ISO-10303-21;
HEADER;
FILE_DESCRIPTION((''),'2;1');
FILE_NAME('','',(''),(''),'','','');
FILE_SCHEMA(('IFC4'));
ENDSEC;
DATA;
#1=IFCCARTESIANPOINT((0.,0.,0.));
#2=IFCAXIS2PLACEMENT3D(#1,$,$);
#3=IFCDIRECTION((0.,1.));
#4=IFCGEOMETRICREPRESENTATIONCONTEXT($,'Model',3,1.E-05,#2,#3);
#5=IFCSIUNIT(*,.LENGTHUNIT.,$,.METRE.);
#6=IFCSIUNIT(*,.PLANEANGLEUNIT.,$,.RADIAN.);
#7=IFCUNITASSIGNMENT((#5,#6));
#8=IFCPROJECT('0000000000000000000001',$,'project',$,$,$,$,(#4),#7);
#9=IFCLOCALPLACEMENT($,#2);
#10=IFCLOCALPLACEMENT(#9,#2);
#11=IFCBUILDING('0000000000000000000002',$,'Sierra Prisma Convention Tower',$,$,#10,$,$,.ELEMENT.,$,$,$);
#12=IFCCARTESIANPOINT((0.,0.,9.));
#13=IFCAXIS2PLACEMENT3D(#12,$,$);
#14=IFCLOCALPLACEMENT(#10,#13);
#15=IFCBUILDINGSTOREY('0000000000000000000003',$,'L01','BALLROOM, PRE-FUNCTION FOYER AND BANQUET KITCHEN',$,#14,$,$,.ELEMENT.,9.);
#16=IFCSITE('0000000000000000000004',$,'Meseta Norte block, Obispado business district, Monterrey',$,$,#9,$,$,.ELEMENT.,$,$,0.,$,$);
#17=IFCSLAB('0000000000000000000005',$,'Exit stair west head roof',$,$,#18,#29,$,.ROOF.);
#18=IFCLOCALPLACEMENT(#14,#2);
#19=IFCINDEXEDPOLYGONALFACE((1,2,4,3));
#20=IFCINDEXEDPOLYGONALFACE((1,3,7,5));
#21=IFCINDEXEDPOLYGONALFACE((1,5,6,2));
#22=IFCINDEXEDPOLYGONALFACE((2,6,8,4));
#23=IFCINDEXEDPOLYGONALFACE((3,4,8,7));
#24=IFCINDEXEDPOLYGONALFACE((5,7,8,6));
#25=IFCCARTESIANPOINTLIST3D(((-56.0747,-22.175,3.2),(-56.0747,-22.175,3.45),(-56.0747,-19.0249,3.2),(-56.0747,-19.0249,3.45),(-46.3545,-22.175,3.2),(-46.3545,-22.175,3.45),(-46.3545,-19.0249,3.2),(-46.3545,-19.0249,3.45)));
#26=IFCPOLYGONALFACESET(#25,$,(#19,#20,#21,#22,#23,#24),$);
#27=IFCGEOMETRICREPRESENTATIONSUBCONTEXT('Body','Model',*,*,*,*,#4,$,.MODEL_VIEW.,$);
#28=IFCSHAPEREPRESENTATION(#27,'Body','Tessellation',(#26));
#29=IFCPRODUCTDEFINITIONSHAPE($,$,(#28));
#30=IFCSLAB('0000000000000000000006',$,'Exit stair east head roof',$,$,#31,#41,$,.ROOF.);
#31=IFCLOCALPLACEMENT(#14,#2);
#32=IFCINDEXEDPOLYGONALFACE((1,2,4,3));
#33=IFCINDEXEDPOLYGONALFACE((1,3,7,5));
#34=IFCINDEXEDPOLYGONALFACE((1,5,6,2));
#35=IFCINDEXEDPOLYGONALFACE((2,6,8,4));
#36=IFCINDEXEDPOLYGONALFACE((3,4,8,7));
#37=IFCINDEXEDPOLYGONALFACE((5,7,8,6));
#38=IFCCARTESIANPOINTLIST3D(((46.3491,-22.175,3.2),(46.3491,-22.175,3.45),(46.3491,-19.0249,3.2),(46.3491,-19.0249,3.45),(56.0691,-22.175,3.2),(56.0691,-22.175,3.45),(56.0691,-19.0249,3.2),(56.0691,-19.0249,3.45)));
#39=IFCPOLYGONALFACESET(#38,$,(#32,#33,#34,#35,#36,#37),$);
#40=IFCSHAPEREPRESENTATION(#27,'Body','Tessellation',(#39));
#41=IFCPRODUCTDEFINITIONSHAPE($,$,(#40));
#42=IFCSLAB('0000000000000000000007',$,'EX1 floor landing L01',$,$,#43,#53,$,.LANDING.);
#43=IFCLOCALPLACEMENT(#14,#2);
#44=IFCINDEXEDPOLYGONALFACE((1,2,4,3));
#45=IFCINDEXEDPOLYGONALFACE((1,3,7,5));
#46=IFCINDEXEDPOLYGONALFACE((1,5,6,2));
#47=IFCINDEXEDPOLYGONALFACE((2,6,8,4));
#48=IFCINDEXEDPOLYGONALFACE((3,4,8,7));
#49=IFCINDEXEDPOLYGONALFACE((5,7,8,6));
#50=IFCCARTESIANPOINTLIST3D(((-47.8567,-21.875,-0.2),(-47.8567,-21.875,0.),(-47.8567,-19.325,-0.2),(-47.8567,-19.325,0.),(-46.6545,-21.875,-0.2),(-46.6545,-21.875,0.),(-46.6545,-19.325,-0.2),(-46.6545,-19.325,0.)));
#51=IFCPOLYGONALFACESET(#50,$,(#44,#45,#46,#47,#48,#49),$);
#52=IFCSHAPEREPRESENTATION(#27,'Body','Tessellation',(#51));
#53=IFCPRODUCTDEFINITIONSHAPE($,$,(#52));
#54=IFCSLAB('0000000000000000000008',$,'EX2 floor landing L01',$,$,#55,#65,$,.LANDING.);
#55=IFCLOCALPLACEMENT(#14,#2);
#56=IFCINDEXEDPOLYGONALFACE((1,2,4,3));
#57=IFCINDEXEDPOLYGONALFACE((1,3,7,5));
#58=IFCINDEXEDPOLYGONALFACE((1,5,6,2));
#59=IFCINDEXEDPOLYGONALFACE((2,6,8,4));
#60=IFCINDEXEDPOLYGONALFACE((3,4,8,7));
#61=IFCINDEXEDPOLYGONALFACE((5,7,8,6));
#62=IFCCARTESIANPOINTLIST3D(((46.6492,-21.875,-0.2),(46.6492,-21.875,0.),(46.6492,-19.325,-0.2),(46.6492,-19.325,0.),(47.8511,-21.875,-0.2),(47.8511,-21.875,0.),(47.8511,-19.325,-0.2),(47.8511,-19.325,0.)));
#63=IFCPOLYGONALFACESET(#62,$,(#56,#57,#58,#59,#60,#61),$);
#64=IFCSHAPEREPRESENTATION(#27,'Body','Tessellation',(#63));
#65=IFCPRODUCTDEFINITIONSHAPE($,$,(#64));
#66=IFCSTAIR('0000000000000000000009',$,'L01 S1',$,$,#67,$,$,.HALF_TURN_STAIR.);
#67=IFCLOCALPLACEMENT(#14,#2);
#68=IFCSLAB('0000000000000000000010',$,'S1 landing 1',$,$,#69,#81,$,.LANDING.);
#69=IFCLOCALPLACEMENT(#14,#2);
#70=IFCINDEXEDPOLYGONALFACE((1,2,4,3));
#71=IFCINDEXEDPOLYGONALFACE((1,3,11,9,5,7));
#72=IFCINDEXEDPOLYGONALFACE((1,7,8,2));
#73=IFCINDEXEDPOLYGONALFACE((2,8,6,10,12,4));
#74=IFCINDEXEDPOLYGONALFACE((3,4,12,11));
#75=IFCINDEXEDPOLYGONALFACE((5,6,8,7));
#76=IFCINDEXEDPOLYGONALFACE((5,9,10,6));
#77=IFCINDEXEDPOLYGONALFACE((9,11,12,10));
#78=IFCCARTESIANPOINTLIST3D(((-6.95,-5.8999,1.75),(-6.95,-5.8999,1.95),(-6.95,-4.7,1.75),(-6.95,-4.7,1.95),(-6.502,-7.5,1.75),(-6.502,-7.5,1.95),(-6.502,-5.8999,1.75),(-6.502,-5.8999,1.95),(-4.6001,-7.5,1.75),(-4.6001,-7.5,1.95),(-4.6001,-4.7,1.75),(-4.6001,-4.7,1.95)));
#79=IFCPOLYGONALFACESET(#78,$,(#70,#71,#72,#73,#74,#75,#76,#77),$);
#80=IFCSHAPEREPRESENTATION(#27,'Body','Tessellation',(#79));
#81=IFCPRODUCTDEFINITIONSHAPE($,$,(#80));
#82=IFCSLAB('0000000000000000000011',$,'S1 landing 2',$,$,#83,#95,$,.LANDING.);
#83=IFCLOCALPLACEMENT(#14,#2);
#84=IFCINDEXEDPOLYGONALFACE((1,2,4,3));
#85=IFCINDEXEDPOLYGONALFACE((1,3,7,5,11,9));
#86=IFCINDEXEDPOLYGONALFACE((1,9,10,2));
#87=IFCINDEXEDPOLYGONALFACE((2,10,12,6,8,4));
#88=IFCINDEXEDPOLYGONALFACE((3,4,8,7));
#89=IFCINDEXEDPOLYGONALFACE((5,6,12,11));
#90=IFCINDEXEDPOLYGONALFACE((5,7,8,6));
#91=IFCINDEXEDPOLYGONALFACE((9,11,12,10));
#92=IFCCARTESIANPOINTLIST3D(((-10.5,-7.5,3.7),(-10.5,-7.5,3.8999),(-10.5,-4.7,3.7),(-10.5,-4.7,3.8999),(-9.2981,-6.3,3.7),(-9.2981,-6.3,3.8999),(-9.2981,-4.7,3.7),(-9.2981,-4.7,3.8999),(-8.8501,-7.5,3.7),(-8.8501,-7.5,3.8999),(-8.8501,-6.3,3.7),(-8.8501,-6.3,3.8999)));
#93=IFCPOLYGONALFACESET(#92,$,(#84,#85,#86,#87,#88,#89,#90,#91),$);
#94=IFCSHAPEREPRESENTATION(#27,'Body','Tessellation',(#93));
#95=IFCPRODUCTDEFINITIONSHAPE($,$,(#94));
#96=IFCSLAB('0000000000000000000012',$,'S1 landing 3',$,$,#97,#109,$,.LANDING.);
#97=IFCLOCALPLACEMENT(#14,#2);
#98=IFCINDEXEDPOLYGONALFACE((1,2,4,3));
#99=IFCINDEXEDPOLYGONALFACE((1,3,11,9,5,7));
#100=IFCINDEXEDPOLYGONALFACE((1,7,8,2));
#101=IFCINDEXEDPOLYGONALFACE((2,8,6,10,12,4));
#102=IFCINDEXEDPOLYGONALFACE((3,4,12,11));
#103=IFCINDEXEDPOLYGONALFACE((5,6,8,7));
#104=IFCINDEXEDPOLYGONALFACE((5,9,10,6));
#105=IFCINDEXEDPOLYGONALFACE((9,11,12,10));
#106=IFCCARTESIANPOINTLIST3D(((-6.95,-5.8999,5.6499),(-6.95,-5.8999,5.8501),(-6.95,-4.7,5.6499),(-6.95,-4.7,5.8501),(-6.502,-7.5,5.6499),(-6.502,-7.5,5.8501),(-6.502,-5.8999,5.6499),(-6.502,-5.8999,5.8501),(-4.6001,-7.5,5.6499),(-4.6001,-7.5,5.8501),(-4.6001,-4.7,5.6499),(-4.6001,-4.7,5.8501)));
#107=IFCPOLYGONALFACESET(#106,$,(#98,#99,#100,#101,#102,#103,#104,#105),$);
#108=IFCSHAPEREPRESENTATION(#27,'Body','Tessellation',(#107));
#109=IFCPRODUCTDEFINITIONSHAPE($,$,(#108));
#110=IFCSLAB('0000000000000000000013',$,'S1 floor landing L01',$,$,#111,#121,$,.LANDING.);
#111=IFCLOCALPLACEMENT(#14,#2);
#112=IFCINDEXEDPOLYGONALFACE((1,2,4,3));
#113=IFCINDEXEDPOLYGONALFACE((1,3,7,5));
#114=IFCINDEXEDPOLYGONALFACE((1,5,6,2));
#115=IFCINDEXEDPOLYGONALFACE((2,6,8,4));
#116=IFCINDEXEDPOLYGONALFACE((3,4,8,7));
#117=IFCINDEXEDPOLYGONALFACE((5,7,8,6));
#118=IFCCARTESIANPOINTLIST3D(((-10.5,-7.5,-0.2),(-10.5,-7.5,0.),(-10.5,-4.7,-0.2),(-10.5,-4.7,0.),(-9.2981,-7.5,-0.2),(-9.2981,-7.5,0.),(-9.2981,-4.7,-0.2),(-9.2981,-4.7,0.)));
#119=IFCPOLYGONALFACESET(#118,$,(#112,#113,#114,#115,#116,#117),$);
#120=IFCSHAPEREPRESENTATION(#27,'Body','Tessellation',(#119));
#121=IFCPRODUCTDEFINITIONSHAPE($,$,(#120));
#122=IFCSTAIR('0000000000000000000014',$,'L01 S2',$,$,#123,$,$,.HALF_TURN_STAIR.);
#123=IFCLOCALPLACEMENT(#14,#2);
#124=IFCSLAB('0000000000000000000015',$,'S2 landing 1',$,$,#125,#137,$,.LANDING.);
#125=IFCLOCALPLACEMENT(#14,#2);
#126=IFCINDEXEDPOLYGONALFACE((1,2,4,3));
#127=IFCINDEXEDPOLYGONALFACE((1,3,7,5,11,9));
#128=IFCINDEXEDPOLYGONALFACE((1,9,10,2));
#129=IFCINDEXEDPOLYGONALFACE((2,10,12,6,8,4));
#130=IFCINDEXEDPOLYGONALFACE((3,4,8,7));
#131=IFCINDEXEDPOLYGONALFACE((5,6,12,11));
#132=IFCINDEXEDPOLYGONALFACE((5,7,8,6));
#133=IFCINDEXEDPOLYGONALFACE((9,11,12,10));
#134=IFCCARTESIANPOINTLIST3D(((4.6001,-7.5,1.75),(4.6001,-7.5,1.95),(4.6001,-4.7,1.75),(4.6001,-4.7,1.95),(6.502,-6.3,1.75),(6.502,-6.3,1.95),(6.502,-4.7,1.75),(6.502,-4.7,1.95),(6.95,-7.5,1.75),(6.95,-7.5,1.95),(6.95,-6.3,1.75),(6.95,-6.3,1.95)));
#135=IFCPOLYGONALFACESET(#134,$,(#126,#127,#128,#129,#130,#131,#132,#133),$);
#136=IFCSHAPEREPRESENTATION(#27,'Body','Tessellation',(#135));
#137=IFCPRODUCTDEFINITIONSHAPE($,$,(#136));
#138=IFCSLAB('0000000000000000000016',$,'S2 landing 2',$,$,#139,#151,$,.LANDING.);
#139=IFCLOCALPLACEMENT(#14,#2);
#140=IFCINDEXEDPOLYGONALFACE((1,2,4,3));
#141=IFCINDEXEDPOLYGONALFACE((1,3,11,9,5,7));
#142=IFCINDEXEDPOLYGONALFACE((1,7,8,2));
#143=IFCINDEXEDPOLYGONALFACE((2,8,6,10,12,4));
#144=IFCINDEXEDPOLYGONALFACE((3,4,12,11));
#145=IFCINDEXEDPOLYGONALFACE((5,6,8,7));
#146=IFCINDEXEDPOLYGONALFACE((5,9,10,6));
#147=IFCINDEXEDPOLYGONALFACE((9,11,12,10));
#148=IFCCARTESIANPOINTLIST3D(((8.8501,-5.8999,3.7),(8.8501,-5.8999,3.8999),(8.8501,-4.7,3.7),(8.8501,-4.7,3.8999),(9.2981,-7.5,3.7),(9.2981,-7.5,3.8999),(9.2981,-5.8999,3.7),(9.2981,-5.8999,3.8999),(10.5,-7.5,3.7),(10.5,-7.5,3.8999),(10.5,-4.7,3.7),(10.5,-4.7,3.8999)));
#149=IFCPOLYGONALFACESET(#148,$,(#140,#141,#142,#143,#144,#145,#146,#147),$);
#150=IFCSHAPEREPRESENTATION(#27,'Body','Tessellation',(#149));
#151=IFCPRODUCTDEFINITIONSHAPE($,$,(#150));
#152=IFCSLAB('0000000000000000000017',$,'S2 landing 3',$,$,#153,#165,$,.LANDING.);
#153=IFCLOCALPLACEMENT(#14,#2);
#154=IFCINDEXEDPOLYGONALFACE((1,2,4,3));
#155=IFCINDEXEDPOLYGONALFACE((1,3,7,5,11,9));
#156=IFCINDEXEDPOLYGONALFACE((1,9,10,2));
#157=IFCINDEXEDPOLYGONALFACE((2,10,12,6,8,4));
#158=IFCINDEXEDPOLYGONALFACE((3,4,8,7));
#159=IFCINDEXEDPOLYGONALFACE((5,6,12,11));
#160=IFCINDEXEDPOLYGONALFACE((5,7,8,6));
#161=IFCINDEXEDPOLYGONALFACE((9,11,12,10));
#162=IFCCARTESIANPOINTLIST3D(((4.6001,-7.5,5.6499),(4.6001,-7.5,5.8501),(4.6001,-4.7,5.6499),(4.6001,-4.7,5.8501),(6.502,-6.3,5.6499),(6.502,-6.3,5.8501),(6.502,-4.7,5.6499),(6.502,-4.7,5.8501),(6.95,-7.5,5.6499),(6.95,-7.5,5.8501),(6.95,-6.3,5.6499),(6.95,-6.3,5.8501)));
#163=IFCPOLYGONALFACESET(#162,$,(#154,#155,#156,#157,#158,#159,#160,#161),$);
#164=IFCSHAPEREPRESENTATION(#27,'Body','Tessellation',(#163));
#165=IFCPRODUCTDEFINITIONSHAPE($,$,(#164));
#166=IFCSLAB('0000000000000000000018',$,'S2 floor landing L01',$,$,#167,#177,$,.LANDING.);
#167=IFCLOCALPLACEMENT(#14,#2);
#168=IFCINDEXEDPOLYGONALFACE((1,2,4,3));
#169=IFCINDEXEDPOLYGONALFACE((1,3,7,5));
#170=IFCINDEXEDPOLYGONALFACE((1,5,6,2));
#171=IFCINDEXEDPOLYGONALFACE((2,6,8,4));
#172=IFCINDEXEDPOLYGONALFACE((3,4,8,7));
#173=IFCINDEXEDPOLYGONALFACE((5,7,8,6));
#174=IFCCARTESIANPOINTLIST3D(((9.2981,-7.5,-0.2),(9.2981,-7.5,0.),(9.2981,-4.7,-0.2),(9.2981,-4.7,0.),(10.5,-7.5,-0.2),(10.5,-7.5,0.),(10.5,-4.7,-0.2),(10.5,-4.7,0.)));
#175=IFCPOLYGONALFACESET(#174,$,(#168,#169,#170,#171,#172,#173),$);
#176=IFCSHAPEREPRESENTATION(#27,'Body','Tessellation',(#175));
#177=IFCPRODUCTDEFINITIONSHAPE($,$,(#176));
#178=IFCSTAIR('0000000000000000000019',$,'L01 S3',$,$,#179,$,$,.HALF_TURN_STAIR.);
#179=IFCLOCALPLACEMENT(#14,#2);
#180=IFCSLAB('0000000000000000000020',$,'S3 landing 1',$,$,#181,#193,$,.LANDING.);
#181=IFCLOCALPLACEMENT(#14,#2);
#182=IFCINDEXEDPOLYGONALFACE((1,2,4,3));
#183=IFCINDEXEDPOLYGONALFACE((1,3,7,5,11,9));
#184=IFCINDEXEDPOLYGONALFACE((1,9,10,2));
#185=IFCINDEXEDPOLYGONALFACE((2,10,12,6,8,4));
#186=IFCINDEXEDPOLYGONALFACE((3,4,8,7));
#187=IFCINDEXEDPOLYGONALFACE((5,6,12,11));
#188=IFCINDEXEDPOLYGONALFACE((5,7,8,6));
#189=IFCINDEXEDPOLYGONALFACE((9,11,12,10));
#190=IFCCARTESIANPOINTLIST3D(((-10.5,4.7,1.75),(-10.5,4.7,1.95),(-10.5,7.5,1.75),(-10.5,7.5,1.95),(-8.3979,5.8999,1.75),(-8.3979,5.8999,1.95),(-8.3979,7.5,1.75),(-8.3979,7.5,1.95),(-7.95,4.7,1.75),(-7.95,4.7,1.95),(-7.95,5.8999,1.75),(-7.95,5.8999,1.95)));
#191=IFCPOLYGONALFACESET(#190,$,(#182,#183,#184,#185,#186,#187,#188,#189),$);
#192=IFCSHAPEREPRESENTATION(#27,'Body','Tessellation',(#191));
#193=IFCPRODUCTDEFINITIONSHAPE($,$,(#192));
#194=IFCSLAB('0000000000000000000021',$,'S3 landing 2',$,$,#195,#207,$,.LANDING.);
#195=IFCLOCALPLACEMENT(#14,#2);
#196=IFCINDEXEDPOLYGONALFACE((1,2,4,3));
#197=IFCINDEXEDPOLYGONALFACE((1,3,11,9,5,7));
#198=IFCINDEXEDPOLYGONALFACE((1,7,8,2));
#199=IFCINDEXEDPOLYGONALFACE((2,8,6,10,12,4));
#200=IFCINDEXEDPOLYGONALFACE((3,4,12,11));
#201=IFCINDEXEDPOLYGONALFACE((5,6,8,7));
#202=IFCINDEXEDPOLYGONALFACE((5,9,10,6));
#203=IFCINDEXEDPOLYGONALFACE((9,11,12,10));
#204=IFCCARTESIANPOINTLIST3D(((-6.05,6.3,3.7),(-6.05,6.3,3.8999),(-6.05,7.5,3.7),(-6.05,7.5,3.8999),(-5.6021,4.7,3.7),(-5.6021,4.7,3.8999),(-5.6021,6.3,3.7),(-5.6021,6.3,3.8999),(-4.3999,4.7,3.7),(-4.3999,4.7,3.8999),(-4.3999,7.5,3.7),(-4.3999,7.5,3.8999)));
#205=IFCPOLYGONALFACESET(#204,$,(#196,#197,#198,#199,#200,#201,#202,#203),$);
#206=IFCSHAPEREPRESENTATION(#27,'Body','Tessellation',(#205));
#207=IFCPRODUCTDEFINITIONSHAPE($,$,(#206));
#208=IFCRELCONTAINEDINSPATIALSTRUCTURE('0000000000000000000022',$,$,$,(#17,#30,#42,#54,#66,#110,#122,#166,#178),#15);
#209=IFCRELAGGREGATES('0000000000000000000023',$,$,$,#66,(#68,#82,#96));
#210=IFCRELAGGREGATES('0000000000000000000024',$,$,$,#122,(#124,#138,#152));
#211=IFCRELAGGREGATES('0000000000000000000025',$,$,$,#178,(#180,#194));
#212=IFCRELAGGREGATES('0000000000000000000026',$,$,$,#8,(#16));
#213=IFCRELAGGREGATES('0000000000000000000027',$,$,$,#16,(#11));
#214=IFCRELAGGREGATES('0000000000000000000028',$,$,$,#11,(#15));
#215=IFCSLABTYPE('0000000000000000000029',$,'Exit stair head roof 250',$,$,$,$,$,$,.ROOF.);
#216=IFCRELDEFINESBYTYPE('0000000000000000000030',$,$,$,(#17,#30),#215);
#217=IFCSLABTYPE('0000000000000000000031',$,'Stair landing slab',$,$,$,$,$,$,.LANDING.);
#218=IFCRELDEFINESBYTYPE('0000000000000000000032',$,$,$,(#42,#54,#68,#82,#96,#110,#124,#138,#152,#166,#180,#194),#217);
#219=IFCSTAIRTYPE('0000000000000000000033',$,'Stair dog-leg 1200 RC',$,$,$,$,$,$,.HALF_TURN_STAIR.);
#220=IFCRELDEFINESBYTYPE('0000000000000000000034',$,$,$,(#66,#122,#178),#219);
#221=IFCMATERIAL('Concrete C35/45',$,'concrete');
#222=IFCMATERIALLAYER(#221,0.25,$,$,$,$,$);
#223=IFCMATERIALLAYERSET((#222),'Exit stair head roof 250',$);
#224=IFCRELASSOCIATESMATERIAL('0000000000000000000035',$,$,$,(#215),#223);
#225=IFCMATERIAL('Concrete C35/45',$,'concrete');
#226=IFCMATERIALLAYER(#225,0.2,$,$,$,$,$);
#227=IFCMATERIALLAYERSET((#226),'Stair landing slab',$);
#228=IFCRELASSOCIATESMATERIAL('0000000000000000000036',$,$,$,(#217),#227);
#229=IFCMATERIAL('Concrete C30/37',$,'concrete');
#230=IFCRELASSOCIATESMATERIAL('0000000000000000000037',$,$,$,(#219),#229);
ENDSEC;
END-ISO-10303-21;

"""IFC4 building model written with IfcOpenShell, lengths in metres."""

from ifc_helpers import new_model, si_unit, direction, frame, origin, place, context, subcontext, project, spatial, polyline, outline, extrude, material, layer, layer_set, type_object, element, aggregate, save


model = new_model("IFC4")

# Units and contexts
model_context = context("Model", 3, precision=1e-05, world=origin(), true_north=direction((0.0, 1.0)))
body_context = subcontext(model_context, "Body", "Model", "MODEL_VIEW")
ifc_project = project(units=[si_unit("LENGTHUNIT", "METRE"), si_unit("PLANEANGLEUNIT", "RADIAN")], contexts=[model_context])

# Site, building, storey
site_placement = place(None, origin())
site = spatial("IfcSite", under=ifc_project, at=site_placement, Name="Meseta Norte block, Obispado business district, Monterrey", CompositionType="ELEMENT", RefElevation=0.0)
building_placement = place(site_placement, origin())
building = spatial("IfcBuilding", under=site, at=building_placement, Name="Sierra Prisma Convention Tower", CompositionType="ELEMENT")
storey_placement = place(building_placement, frame((0.0, 0.0, 9.0)))
storey = spatial("IfcBuildingStorey", under=building, at=storey_placement, Name="L01", Description="BALLROOM, PRE-FUNCTION FOYER AND BANQUET KITCHEN", CompositionType="ELEMENT", Elevation=9.0)

# Slabs
ifc_material_1 = material(Name="Concrete C35/45", Category="concrete")
ifc_layer_1 = layer(ifc_material_1, 0.25)
ifc_layer_set_1 = layer_set([ifc_layer_1], Name="Exit stair head roof 250")
slab_type_1 = type_object("IfcSlabType", Name="Exit stair head roof 250", PredefinedType="ROOF", material=ifc_layer_set_1)
slab_1_placement = place(storey_placement, frame((0.0, 0.0, 3.2)))
element("IfcSlab", 1, at=slab_1_placement, inside=storey, type_object=slab_type_1, Name="Exit stair west head roof", PredefinedType="ROOF", context=body_context, shape_type="SweptSolid", body=[
    extrude(outline(polyline([(-46.3545, -22.175), (-46.3545, -19.0249), (-56.0747, -19.0249), (-56.0747, -22.175), (-46.3545, -22.175)])), origin(), (0.0, 0.0, 1.0), 0.25),
])
slab_2_placement = place(storey_placement, frame((0.0, 0.0, 3.2)))
element("IfcSlab", 2, at=slab_2_placement, inside=storey, type_object=slab_type_1, Name="Exit stair east head roof", PredefinedType="ROOF", context=body_context, shape_type="SweptSolid", body=[
    extrude(outline(polyline([(56.0691, -22.175), (56.0691, -19.0249), (46.3491, -19.0249), (46.3491, -22.175), (56.0691, -22.175)])), origin(), (0.0, 0.0, 1.0), 0.25),
])
ifc_material_2 = material(Name="Concrete C35/45", Category="concrete")
ifc_layer_2 = layer(ifc_material_2, 0.2)
ifc_layer_set_2 = layer_set([ifc_layer_2], Name="Stair landing slab")
slab_type_2 = type_object("IfcSlabType", Name="Stair landing slab", PredefinedType="LANDING", material=ifc_layer_set_2)
slab_3_placement = place(storey_placement, frame((0.0, 0.0, -0.2)))
element("IfcSlab", 3, at=slab_3_placement, inside=storey, type_object=slab_type_2, Name="EX1 floor landing L01", PredefinedType="LANDING", context=body_context, shape_type="SweptSolid", body=[
    extrude(outline(polyline([(-46.6545, -19.325), (-47.8567, -19.325), (-47.8567, -21.875), (-46.6545, -21.875), (-46.6545, -19.325)])), origin(), (0.0, 0.0, 1.0), 0.2),
])
slab_4_placement = place(storey_placement, frame((0.0, 0.0, -0.2)))
element("IfcSlab", 4, at=slab_4_placement, inside=storey, type_object=slab_type_2, Name="EX2 floor landing L01", PredefinedType="LANDING", context=body_context, shape_type="SweptSolid", body=[
    extrude(outline(polyline([(46.6492, -21.875), (47.8511, -21.875), (47.8511, -19.325), (46.6492, -19.325), (46.6492, -21.875)])), origin(), (0.0, 0.0, 1.0), 0.2),
])

# Stair, slabs
ifc_material_3 = material(Name="Concrete C30/37", Category="concrete")
stair_type = type_object("IfcStairType", Name="Stair dog-leg 1200 RC", PredefinedType="HALF_TURN_STAIR", material=ifc_material_3)
stair_1_placement = place(storey_placement, origin())
stair_1 = element("IfcStair", 5, at=stair_1_placement, inside=storey, type_object=stair_type, Name="L01 S1", PredefinedType="HALF_TURN_STAIR")
slab_5_placement = place(storey_placement, frame((0.0, 0.0, 1.75)))
slab_5 = element("IfcSlab", 6, at=slab_5_placement, type_object=slab_type_2, Name="S1 landing 1", PredefinedType="LANDING", context=body_context, shape_type="SweptSolid", body=[
    extrude(outline(polyline([(-4.6001, -4.7), (-4.6001, -7.5), (-6.502, -7.5), (-6.502, -5.8999), (-6.95, -5.8999), (-6.95, -4.7), (-4.6001, -4.7)])), origin(), (0.0, 0.0, 1.0), 0.2),
])
slab_6_placement = place(storey_placement, frame((0.0, 0.0, 3.7)))
slab_6 = element("IfcSlab", 7, at=slab_6_placement, type_object=slab_type_2, Name="S1 landing 2", PredefinedType="LANDING", context=body_context, shape_type="SweptSolid", body=[
    extrude(outline(polyline([(-10.5, -7.5), (-10.5, -4.7), (-9.2981, -4.7), (-9.2981, -6.3), (-8.8501, -6.3), (-8.8501, -7.5), (-10.5, -7.5)])), origin(), (0.0, 0.0, 1.0), 0.2),
])
slab_7_placement = place(storey_placement, frame((0.0, 0.0, 5.6499)))
slab_7 = element("IfcSlab", 8, at=slab_7_placement, type_object=slab_type_2, Name="S1 landing 3", PredefinedType="LANDING", context=body_context, shape_type="SweptSolid", body=[
    extrude(outline(polyline([(-4.6001, -4.7), (-4.6001, -7.5), (-6.502, -7.5), (-6.502, -5.8999), (-6.95, -5.8999), (-6.95, -4.7), (-4.6001, -4.7)])), origin(), (0.0, 0.0, 1.0), 0.2002),
])
aggregate(stair_1, [slab_5, slab_6, slab_7])

# Slab
slab_8_placement = place(storey_placement, frame((0.0, 0.0, -0.2)))
element("IfcSlab", 9, at=slab_8_placement, inside=storey, type_object=slab_type_2, Name="S1 floor landing L01", PredefinedType="LANDING", context=body_context, shape_type="SweptSolid", body=[
    extrude(outline(polyline([(-10.5, -7.5), (-9.2981, -7.5), (-9.2981, -4.7), (-10.5, -4.7), (-10.5, -7.5)])), origin(), (0.0, 0.0, 1.0), 0.2),
])

# Stair, slabs
stair_2_placement = place(storey_placement, origin())
stair_2 = element("IfcStair", 10, at=stair_2_placement, inside=storey, type_object=stair_type, Name="L01 S2", PredefinedType="HALF_TURN_STAIR")
slab_9_placement = place(storey_placement, frame((0.0, 0.0, 1.75)))
slab_9 = element("IfcSlab", 11, at=slab_9_placement, type_object=slab_type_2, Name="S2 landing 1", PredefinedType="LANDING", context=body_context, shape_type="SweptSolid", body=[
    extrude(outline(polyline([(6.95, -6.3), (6.95, -7.5), (4.6001, -7.5), (4.6001, -4.7), (6.502, -4.7), (6.502, -6.3), (6.95, -6.3)])), origin(), (0.0, 0.0, 1.0), 0.2),
])
slab_10_placement = place(storey_placement, frame((0.0, 0.0, 3.7)))
slab_10 = element("IfcSlab", 12, at=slab_10_placement, type_object=slab_type_2, Name="S2 landing 2", PredefinedType="LANDING", context=body_context, shape_type="SweptSolid", body=[
    extrude(outline(polyline([(10.5, -4.7), (10.5, -7.5), (9.2981, -7.5), (9.2981, -5.8999), (8.8501, -5.8999), (8.8501, -4.7), (10.5, -4.7)])), origin(), (0.0, 0.0, 1.0), 0.2),
])
slab_11_placement = place(storey_placement, frame((0.0, 0.0, 5.6499)))
slab_11 = element("IfcSlab", 13, at=slab_11_placement, type_object=slab_type_2, Name="S2 landing 3", PredefinedType="LANDING", context=body_context, shape_type="SweptSolid", body=[
    extrude(outline(polyline([(6.95, -6.3), (6.95, -7.5), (4.6001, -7.5), (4.6001, -4.7), (6.502, -4.7), (6.502, -6.3), (6.95, -6.3)])), origin(), (0.0, 0.0, 1.0), 0.2002),
])
aggregate(stair_2, [slab_9, slab_10, slab_11])

# Slab
slab_12_placement = place(storey_placement, frame((0.0, 0.0, -0.2)))
element("IfcSlab", 14, at=slab_12_placement, inside=storey, type_object=slab_type_2, Name="S2 floor landing L01", PredefinedType="LANDING", context=body_context, shape_type="SweptSolid", body=[
    extrude(outline(polyline([(10.5, -4.7), (9.2981, -4.7), (9.2981, -7.5), (10.5, -7.5), (10.5, -4.7)])), origin(), (0.0, 0.0, 1.0), 0.2),
])

# Stair, slabs
stair_3_placement = place(storey_placement, origin())
stair_3 = element("IfcStair", 15, at=stair_3_placement, inside=storey, type_object=stair_type, Name="L01 S3", PredefinedType="HALF_TURN_STAIR")
slab_13_placement = place(storey_placement, frame((0.0, 0.0, 1.75)))
slab_13 = element("IfcSlab", 16, at=slab_13_placement, type_object=slab_type_2, Name="S3 landing 1", PredefinedType="LANDING", context=body_context, shape_type="SweptSolid", body=[
    extrude(outline(polyline([(-7.95, 5.8999), (-7.95, 4.7), (-10.5, 4.7), (-10.5, 7.5), (-8.3979, 7.5), (-8.3979, 5.8999), (-7.95, 5.8999)])), origin(), (0.0, 0.0, 1.0), 0.2),
])
slab_14_placement = place(storey_placement, frame((0.0, 0.0, 3.7)))
slab_14 = element("IfcSlab", 17, at=slab_14_placement, type_object=slab_type_2, Name="S3 landing 2", PredefinedType="LANDING", context=body_context, shape_type="SweptSolid", body=[
    extrude(outline(polyline([(-4.3999, 7.5), (-4.3999, 4.7), (-5.6021, 4.7), (-5.6021, 6.3), (-6.05, 6.3), (-6.05, 7.5), (-4.3999, 7.5)])), origin(), (0.0, 0.0, 1.0), 0.2),
])
aggregate(stair_3, [slab_13, slab_14])

save(model, "model.ifc")
